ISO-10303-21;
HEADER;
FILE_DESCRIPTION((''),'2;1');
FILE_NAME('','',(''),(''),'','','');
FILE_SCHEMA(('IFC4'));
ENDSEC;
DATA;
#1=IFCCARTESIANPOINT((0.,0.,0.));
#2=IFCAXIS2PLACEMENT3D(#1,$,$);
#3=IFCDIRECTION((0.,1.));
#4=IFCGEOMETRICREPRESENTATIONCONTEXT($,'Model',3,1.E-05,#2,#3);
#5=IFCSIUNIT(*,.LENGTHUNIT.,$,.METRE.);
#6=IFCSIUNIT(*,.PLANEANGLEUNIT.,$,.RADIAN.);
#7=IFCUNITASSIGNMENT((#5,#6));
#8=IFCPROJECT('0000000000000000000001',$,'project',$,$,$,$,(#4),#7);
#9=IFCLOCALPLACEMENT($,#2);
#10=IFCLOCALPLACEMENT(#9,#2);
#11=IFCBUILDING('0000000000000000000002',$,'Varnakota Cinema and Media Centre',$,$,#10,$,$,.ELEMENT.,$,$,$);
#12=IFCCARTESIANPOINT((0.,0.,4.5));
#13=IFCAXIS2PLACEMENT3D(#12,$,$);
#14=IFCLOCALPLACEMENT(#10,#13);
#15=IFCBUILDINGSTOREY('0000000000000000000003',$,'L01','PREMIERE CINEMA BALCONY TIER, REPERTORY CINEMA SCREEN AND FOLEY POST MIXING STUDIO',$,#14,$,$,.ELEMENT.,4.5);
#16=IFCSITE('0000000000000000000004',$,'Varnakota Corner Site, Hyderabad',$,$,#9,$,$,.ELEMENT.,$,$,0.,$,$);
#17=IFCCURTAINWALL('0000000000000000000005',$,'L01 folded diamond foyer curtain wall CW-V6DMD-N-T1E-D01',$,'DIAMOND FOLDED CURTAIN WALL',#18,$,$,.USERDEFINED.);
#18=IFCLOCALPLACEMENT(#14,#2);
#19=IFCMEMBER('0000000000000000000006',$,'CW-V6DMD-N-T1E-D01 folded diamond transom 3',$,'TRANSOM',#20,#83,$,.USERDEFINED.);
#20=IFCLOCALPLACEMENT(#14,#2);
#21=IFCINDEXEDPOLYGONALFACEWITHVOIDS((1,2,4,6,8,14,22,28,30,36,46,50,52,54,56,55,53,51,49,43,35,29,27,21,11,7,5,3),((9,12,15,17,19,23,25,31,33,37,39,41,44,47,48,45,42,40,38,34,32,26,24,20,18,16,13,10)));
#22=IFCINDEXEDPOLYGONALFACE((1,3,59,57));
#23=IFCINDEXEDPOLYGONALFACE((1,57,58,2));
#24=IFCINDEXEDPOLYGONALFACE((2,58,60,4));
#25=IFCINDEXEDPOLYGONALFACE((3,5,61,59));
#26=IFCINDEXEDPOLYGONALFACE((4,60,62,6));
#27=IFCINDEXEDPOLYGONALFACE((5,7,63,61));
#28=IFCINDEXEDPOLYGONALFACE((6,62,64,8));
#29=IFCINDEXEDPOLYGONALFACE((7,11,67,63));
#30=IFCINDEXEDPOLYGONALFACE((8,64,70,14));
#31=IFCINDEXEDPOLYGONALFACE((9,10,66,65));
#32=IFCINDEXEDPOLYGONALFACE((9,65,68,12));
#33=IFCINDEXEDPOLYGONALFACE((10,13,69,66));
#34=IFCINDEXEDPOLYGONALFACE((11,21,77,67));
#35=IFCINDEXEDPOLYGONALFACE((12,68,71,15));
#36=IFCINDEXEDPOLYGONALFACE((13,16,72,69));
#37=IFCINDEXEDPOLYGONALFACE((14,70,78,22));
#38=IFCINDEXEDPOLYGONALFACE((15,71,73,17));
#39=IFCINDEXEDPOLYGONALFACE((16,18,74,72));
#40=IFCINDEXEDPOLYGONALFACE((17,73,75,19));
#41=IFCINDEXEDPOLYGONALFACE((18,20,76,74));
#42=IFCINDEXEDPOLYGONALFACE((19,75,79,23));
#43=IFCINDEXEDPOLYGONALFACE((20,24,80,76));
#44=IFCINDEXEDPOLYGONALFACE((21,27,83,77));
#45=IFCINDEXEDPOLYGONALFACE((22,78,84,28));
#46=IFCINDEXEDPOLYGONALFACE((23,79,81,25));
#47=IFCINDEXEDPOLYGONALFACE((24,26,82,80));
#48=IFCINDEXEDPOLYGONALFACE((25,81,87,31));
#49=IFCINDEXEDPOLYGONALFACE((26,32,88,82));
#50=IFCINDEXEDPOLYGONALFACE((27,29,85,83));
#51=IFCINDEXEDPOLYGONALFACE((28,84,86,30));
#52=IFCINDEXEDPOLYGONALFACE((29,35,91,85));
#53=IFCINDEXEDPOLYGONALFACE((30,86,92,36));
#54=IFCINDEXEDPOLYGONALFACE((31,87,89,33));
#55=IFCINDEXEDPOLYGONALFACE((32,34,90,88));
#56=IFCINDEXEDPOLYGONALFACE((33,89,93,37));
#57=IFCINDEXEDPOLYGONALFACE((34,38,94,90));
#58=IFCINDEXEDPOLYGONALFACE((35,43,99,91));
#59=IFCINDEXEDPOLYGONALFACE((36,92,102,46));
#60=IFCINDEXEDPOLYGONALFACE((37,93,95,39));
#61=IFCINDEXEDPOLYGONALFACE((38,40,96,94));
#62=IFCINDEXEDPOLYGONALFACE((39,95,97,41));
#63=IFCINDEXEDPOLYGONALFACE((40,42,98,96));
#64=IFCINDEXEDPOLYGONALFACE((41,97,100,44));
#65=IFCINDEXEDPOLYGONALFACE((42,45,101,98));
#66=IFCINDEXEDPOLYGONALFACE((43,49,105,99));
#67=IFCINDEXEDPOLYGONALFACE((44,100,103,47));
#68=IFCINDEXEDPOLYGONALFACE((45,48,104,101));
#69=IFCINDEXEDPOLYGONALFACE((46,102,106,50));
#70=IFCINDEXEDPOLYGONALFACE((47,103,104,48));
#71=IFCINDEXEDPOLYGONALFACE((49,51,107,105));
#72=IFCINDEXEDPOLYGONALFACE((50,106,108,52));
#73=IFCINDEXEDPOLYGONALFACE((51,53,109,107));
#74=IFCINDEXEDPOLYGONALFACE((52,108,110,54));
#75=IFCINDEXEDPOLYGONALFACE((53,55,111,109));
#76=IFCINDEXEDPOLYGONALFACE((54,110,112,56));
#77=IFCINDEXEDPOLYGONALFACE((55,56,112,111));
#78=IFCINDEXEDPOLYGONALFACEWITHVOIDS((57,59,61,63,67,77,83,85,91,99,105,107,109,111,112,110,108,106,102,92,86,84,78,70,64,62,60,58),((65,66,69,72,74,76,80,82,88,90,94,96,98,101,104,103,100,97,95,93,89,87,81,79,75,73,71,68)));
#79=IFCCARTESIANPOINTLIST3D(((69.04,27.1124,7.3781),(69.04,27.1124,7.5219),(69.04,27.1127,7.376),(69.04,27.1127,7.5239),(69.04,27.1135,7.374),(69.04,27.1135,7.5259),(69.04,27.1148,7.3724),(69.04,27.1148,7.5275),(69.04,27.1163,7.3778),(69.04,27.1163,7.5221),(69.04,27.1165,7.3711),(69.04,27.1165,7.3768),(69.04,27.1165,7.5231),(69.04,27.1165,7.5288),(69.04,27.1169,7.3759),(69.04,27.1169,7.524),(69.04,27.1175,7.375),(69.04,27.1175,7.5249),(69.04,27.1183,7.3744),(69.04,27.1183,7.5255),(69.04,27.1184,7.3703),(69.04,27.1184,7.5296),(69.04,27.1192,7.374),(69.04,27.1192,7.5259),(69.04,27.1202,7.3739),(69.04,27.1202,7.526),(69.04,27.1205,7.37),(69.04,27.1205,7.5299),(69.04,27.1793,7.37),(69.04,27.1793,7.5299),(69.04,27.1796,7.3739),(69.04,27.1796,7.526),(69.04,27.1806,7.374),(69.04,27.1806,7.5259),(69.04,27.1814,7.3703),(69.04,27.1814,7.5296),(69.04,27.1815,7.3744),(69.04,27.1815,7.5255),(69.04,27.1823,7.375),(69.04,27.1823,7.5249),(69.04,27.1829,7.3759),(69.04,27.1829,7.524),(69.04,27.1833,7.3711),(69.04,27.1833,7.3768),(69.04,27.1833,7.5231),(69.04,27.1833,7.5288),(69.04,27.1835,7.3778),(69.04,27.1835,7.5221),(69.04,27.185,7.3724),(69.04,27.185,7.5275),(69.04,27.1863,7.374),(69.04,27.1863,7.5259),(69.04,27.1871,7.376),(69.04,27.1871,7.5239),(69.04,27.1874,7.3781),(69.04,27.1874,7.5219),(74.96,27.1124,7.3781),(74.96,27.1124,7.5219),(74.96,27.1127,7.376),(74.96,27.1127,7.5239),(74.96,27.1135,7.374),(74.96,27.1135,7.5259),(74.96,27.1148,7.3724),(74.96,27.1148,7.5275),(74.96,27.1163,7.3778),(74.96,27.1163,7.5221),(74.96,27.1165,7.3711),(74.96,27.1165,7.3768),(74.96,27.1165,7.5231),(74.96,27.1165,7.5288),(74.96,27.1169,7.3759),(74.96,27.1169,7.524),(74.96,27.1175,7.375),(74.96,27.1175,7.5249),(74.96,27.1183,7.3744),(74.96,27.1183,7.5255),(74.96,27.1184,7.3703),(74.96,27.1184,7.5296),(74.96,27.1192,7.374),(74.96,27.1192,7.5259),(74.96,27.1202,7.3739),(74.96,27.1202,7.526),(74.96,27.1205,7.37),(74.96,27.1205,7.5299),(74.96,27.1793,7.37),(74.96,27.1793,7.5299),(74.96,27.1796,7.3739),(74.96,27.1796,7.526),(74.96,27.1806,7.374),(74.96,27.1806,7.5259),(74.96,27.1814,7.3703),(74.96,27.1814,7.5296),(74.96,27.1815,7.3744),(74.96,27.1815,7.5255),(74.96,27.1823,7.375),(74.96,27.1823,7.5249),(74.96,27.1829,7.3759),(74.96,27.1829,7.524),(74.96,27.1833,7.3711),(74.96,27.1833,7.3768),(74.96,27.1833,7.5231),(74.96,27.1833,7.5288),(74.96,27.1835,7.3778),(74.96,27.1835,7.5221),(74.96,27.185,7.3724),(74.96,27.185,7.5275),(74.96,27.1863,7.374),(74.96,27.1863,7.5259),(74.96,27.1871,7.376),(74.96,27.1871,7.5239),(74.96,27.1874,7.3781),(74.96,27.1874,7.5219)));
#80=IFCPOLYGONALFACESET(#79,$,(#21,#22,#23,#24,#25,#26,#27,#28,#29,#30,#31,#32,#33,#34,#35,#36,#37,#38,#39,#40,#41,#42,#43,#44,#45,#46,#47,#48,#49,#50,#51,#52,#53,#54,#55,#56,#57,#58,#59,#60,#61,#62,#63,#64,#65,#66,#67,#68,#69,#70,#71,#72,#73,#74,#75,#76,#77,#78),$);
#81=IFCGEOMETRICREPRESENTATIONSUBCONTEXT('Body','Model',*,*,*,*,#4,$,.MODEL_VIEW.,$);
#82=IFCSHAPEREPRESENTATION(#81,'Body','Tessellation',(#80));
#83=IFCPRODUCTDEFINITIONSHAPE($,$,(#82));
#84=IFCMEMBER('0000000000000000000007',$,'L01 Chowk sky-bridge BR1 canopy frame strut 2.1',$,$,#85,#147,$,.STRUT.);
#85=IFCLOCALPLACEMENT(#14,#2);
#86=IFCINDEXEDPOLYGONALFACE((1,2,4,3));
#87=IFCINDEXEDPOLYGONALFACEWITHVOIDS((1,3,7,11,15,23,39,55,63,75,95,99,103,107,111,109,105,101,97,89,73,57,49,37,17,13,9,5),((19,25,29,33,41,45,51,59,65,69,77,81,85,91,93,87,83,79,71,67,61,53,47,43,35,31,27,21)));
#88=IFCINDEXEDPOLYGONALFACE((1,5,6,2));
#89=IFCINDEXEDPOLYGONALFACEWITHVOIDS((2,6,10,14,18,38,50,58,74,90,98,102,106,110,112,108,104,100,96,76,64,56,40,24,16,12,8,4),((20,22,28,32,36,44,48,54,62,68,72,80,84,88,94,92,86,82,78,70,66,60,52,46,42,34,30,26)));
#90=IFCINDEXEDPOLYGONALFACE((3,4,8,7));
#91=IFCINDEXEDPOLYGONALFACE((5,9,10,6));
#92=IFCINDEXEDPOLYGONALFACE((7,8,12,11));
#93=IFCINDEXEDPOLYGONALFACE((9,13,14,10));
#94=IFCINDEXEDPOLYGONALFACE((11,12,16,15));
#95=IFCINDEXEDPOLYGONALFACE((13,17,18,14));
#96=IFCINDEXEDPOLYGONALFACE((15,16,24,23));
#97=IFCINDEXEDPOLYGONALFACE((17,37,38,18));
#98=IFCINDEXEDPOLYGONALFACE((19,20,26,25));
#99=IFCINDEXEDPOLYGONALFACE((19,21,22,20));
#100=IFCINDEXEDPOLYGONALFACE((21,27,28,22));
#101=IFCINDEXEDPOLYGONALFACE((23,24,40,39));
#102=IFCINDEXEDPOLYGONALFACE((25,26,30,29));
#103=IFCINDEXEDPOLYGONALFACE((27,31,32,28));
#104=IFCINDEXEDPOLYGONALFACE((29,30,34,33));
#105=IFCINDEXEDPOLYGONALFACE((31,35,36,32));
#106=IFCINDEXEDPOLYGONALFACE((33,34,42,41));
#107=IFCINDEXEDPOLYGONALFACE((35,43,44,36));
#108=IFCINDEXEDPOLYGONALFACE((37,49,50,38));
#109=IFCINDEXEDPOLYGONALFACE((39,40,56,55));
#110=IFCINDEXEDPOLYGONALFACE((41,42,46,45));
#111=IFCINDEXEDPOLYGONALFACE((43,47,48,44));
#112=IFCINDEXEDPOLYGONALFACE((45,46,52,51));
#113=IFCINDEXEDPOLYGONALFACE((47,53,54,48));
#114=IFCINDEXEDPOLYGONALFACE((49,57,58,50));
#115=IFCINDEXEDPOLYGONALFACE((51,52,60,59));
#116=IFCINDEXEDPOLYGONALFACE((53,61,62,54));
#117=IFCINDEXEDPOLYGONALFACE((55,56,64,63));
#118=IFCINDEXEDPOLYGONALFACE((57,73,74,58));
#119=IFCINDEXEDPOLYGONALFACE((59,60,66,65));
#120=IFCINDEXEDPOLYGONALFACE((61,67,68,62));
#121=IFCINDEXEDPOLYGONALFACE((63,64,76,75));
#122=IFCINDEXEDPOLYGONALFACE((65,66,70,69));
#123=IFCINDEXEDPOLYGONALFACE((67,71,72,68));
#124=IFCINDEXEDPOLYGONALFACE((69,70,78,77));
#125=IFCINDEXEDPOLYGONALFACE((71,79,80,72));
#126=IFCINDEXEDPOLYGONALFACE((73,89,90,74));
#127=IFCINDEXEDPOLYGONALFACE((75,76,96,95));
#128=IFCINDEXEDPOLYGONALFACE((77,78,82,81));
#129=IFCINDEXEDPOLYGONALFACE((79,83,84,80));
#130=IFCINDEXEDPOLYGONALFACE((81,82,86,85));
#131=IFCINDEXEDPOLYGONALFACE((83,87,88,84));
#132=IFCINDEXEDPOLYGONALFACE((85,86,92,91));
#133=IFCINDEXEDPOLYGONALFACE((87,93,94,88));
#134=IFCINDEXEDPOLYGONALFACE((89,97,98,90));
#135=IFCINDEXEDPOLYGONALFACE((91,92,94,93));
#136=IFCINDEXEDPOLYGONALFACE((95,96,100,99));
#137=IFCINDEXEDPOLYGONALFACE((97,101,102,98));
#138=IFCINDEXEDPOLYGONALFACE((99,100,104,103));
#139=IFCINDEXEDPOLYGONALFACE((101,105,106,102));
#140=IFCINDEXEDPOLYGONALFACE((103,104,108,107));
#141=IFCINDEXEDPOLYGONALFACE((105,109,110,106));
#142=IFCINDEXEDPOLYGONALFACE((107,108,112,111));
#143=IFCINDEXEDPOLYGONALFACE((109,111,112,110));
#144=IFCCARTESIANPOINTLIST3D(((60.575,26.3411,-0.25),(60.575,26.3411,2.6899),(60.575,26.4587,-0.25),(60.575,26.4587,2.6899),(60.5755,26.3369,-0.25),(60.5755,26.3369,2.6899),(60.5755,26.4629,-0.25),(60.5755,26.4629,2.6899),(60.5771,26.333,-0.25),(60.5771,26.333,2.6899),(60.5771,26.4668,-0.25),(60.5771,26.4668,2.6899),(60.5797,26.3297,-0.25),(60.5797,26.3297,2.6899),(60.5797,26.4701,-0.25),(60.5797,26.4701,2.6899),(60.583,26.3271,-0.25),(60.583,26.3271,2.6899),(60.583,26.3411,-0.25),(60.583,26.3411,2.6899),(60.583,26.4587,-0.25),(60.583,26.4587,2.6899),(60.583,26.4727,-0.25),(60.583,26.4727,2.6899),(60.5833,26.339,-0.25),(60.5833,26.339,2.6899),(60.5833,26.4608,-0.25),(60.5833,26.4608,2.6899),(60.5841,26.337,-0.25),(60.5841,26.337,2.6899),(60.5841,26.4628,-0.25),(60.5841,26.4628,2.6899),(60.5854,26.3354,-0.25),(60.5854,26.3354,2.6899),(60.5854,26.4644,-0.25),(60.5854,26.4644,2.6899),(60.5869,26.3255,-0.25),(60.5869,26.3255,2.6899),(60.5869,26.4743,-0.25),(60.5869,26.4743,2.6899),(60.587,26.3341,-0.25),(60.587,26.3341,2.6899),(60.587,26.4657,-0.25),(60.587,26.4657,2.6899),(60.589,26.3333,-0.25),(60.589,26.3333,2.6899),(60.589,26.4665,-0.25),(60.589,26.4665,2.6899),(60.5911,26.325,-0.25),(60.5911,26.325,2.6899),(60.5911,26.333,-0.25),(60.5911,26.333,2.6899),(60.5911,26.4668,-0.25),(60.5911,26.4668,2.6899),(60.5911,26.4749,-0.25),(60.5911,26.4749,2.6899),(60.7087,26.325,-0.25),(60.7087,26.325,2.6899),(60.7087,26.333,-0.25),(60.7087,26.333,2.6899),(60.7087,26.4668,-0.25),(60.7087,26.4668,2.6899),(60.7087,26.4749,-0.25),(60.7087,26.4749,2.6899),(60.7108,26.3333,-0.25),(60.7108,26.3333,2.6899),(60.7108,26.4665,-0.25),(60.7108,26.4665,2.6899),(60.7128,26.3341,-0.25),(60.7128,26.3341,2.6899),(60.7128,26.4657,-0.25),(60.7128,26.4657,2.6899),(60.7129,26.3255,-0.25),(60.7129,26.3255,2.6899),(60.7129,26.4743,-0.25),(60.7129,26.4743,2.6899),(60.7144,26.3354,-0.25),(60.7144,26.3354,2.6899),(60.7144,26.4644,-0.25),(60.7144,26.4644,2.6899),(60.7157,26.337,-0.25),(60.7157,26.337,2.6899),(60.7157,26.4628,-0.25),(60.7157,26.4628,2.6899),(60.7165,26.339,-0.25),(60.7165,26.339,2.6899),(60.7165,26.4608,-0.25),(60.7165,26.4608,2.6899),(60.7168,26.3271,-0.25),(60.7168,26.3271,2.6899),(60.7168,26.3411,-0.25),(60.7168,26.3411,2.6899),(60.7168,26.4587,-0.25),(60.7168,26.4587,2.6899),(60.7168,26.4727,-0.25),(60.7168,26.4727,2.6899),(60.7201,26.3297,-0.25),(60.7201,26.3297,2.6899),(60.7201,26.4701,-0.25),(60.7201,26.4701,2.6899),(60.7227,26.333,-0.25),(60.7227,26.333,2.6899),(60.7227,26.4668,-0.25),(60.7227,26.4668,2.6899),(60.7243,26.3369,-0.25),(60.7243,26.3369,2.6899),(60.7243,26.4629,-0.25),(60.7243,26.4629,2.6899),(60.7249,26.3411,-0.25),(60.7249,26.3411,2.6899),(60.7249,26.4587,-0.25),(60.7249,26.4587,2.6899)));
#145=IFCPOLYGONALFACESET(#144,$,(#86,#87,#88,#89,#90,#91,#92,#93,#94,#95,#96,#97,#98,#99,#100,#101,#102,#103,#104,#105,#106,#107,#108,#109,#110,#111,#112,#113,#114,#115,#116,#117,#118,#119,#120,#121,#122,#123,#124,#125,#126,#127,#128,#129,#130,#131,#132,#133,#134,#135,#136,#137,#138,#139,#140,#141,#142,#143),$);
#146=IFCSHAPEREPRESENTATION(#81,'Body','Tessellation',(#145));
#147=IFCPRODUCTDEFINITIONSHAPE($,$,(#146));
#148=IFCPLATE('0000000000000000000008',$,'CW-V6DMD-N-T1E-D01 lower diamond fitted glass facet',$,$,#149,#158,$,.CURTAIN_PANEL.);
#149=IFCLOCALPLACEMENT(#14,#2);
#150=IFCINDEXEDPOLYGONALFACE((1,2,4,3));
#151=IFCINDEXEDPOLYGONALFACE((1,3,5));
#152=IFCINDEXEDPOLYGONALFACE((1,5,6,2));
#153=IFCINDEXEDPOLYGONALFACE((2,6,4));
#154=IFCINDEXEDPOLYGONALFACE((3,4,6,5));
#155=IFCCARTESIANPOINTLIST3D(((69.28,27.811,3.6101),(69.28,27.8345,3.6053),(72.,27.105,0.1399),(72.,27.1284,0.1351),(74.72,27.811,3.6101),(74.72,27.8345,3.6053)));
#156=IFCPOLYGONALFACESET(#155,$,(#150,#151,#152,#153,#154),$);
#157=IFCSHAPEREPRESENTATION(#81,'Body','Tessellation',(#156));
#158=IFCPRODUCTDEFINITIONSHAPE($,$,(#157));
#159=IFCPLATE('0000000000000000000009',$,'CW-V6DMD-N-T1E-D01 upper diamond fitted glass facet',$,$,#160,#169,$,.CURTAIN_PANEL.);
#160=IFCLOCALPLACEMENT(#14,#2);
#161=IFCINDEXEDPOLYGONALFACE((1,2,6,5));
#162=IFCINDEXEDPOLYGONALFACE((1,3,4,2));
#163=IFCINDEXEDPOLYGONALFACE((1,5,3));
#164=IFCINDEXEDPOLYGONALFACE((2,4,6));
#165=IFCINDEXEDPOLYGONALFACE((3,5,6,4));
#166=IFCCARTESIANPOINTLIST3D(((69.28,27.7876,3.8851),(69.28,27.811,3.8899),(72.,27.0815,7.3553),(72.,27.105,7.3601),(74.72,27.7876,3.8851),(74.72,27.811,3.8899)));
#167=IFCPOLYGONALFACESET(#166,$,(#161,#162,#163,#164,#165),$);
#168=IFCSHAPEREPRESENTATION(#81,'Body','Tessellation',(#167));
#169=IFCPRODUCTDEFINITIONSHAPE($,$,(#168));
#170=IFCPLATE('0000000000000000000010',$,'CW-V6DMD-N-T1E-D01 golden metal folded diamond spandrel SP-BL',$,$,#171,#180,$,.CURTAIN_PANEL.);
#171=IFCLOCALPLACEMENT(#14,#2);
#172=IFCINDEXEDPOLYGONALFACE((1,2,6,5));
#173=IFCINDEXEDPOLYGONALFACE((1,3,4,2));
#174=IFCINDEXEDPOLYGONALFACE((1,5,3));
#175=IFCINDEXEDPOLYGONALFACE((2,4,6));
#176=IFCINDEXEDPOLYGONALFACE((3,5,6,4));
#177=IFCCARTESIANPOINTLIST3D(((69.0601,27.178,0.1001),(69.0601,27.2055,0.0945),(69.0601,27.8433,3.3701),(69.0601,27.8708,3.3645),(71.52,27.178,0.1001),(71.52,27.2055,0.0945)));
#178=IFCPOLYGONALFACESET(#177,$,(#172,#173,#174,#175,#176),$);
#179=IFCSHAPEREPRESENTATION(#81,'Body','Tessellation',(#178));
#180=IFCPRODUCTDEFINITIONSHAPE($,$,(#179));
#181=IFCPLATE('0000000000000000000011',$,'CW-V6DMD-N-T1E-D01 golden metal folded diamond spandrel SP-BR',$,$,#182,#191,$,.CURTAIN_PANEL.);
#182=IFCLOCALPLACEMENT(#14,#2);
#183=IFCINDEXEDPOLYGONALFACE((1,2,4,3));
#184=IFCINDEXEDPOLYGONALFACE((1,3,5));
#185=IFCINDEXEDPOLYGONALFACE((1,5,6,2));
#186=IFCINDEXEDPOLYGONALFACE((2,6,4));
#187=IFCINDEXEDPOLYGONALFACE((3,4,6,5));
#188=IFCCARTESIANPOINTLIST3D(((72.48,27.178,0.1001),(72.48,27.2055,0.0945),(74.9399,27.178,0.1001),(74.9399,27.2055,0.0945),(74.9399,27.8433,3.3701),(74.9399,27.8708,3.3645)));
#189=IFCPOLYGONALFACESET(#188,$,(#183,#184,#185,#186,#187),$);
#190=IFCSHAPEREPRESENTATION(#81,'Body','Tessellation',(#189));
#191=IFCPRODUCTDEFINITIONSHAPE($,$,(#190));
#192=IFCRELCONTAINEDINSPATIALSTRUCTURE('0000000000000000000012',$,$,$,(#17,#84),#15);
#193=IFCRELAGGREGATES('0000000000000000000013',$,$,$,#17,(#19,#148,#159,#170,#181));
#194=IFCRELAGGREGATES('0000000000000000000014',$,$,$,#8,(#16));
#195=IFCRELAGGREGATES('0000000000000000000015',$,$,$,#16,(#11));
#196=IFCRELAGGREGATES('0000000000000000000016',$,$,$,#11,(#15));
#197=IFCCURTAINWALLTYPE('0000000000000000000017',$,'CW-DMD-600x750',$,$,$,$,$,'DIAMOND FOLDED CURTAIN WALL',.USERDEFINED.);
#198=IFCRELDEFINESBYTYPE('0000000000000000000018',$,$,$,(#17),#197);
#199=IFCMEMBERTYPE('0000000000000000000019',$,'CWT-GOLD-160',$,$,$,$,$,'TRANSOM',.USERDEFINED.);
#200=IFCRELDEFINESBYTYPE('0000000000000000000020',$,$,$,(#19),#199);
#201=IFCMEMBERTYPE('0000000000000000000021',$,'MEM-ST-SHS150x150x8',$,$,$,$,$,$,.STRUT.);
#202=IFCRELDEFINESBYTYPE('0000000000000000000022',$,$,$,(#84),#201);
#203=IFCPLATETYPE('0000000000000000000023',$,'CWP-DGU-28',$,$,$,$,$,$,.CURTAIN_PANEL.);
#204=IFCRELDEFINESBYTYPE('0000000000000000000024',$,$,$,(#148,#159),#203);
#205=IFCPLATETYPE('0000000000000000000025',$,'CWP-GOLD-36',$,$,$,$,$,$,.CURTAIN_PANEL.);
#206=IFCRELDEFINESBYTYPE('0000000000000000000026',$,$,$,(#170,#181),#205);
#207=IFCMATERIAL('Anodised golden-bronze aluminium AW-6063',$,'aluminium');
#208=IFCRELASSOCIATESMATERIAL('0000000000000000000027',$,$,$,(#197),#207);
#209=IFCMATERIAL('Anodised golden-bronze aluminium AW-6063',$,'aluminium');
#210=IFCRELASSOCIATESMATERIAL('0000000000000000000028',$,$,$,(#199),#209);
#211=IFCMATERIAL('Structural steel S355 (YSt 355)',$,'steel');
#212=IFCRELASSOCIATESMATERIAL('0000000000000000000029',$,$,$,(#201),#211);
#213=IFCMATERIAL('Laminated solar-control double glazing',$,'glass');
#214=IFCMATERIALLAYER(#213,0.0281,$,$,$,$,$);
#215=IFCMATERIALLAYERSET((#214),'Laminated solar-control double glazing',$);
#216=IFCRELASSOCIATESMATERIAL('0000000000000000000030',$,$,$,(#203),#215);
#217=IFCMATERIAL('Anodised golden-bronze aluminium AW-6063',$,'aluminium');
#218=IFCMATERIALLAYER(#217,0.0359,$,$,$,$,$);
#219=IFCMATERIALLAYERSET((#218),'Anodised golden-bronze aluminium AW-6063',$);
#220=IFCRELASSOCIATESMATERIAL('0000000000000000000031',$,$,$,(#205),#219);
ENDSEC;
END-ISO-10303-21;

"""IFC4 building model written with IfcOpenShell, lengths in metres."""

from ifc_helpers import new_model, si_unit, direction, frame, origin, origin_2d, place, context, subcontext, project, spatial, polyline, hollow_rectangle, outline, extrude, material, layer, layer_set, material_profile, profile_set, type_object, element, aggregate, save


model = new_model("IFC4")

# Units and contexts
model_context = context("Model", 3, precision=1e-05, world=origin(), true_north=direction((0.0, 1.0)))
body_context = subcontext(model_context, "Body", "Model", "MODEL_VIEW")
ifc_project = project(units=[si_unit("LENGTHUNIT", "METRE"), si_unit("PLANEANGLEUNIT", "RADIAN")], contexts=[model_context])

# Site, building, storey
site_placement = place(None, origin())
site = spatial("IfcSite", under=ifc_project, at=site_placement, Name="Varnakota Corner Site, Hyderabad", CompositionType="ELEMENT", RefElevation=0.0)
building_placement = place(site_placement, origin())
building = spatial("IfcBuilding", under=site, at=building_placement, Name="Varnakota Cinema and Media Centre", CompositionType="ELEMENT")
storey_placement = place(building_placement, frame((0.0, 0.0, 4.5)))
storey = spatial("IfcBuildingStorey", under=building, at=storey_placement, Name="L01", Description="PREMIERE CINEMA BALCONY TIER, REPERTORY CINEMA SCREEN AND FOLEY POST MIXING STUDIO", CompositionType="ELEMENT", Elevation=4.5)

# Curtain wall, member
ifc_material_1 = material(Name="Anodised golden-bronze aluminium AW-6063", Category="aluminium")
curtain_wall_type = type_object("IfcCurtainWallType", Name="CW-DMD-600x750", ElementType="DIAMOND FOLDED CURTAIN WALL", PredefinedType="USERDEFINED", material=ifc_material_1)
curtain_wall_placement = place(storey_placement, origin())
curtain_wall = element("IfcCurtainWall", 1, at=curtain_wall_placement, inside=storey, type_object=curtain_wall_type, Name="L01 folded diamond foyer curtain wall CW-V6DMD-N-T1E-D01", ObjectType="DIAMOND FOLDED CURTAIN WALL", PredefinedType="USERDEFINED")
ifc_material_2 = material(Name="Anodised golden-bronze aluminium AW-6063", Category="aluminium")
ifc_material_profile_1 = material_profile(ifc_material_2, hollow_rectangle(XDim=0.075, YDim=0.1599, WallThickness=0.0039, InnerFilletRadius=0.0039, OuterFilletRadius=0.0081, at=origin_2d()), Name="AL-TRANSOM 160x75x4")
ifc_profile_set_1 = profile_set([ifc_material_profile_1], Name="Anodised golden-bronze aluminium AW-6063")
member_type_1 = type_object("IfcMemberType", Name="CWT-GOLD-160", ElementType="TRANSOM", PredefinedType="USERDEFINED", material=ifc_profile_set_1)
member_1_placement = place(storey_placement, frame((69.04, 27.1499, 7.45), z_axis=(1.0, 0.0, 0.0), x_axis=(0.0, 1.0, 0.0)))
member_1 = element("IfcMember", 2, at=member_1_placement, type_object=member_type_1, Name="CW-V6DMD-N-T1E-D01 folded diamond transom 3", ObjectType="TRANSOM", PredefinedType="USERDEFINED", context=body_context, shape_type="SweptSolid", body=[
    extrude(hollow_rectangle(XDim=0.075, YDim=0.1599, WallThickness=0.0039, InnerFilletRadius=0.0039, OuterFilletRadius=0.0081, at=origin_2d()), origin(), (0.0, 0.0, 1.0), 5.9199),
])

# Member
ifc_material_3 = material(Name="Structural steel S355 (YSt 355)", Category="steel")
ifc_material_profile_2 = material_profile(ifc_material_3, hollow_rectangle(XDim=0.1499, YDim=0.1499, WallThickness=0.0081, InnerFilletRadius=0.0081, OuterFilletRadius=0.0161, at=origin_2d()), Name="SHS 150x150x8")
ifc_profile_set_2 = profile_set([ifc_material_profile_2], Name="Structural steel S355 (YSt 355)")
member_type_2 = type_object("IfcMemberType", Name="MEM-ST-SHS150x150x8", PredefinedType="STRUT", material=ifc_profile_set_2)
member_2_placement = place(storey_placement, frame((60.6499, 26.3999, -0.25), z_axis=(0.0, 0.0, 1.0), x_axis=(1.0, 0.0, 0.0)))
element("IfcMember", 3, at=member_2_placement, inside=storey, type_object=member_type_2, Name="L01 Chowk sky-bridge BR1 canopy frame strut 2.1", PredefinedType="STRUT", context=body_context, shape_type="SweptSolid", body=[
    extrude(hollow_rectangle(XDim=0.1499, YDim=0.1499, WallThickness=0.0081, InnerFilletRadius=0.0081, OuterFilletRadius=0.0161, at=origin_2d()), origin(), (0.0, 0.0, 1.0), 2.9399),
])

# Plates
ifc_material_4 = material(Name="Laminated solar-control double glazing", Category="glass")
ifc_layer_1 = layer(ifc_material_4, 0.0281)
ifc_layer_set_1 = layer_set([ifc_layer_1], Name="Laminated solar-control double glazing")
plate_type_1 = type_object("IfcPlateType", Name="CWP-DGU-28", PredefinedType="CURTAIN_PANEL", material=ifc_layer_set_1)
plate_1_placement = place(storey_placement, frame((69.28, 27.811, 3.6101), z_axis=(0.0, -0.979923, 0.199376), x_axis=(0.609131, -0.158119, -0.777147)))
plate_1 = element("IfcPlate", 4, at=plate_1_placement, type_object=plate_type_1, Name="CW-V6DMD-N-T1E-D01 lower diamond fitted glass facet", PredefinedType="CURTAIN_PANEL", context=body_context, shape_type="SweptSolid", body=[
    extrude(outline(polyline([(0.0, 0.0), (4.4653, 0.0), (3.3136, 4.3143), (0.0, 0.0)])), origin(), (0.0, 0.0, -1.0), 0.0239),
])
plate_2_placement = place(storey_placement, frame((69.28, 27.811, 3.8899), z_axis=(0.0, 0.979923, 0.199376), x_axis=(1.0, 0.0, 0.0)))
plate_2 = element("IfcPlate", 5, at=plate_2_placement, type_object=plate_type_1, Name="CW-V6DMD-N-T1E-D01 upper diamond fitted glass facet", PredefinedType="CURTAIN_PANEL", context=body_context, shape_type="SweptSolid", body=[
    extrude(outline(polyline([(0.0, 0.0), (5.4399, 0.0), (2.72, -3.5413), (0.0, 0.0)])), origin(), (0.0, 0.0, -1.0), 0.0239),
])
ifc_material_5 = material(Name="Anodised golden-bronze aluminium AW-6063", Category="aluminium")
ifc_layer_2 = layer(ifc_material_5, 0.0359)
ifc_layer_set_2 = layer_set([ifc_layer_2], Name="Anodised golden-bronze aluminium AW-6063")
plate_type_2 = type_object("IfcPlateType", Name="CWP-GOLD-36", PredefinedType="CURTAIN_PANEL", material=ifc_layer_set_2)
plate_3_placement = place(storey_placement, frame((69.0601, 27.178, 0.1001), z_axis=(0.0, -0.979925, 0.199365), x_axis=(1.0, 0.0, 0.0)))
plate_3 = element("IfcPlate", 6, at=plate_3_placement, type_object=plate_type_2, Name="CW-V6DMD-N-T1E-D01 golden metal folded diamond spandrel SP-BL", PredefinedType="CURTAIN_PANEL", context=body_context, shape_type="SweptSolid", body=[
    extrude(outline(polyline([(0.0, 0.0), (2.46, 0.0), (0.0, 3.337), (0.0, 0.0)])), origin(), (0.0, 0.0, -1.0), 0.0281),
])
plate_4_placement = place(storey_placement, frame((72.48, 27.178, 0.1001), z_axis=(0.0, -0.979925, 0.199365), x_axis=(1.0, 0.0, 0.0)))
plate_4 = element("IfcPlate", 7, at=plate_4_placement, type_object=plate_type_2, Name="CW-V6DMD-N-T1E-D01 golden metal folded diamond spandrel SP-BR", PredefinedType="CURTAIN_PANEL", context=body_context, shape_type="SweptSolid", body=[
    extrude(outline(polyline([(0.0, 0.0), (2.46, 0.0), (2.46, 3.337), (0.0, 0.0)])), origin(), (0.0, 0.0, -1.0), 0.0281),
])
aggregate(curtain_wall, [member_1, plate_1, plate_2, plate_3, plate_4])

save(model, "model.ifc")
